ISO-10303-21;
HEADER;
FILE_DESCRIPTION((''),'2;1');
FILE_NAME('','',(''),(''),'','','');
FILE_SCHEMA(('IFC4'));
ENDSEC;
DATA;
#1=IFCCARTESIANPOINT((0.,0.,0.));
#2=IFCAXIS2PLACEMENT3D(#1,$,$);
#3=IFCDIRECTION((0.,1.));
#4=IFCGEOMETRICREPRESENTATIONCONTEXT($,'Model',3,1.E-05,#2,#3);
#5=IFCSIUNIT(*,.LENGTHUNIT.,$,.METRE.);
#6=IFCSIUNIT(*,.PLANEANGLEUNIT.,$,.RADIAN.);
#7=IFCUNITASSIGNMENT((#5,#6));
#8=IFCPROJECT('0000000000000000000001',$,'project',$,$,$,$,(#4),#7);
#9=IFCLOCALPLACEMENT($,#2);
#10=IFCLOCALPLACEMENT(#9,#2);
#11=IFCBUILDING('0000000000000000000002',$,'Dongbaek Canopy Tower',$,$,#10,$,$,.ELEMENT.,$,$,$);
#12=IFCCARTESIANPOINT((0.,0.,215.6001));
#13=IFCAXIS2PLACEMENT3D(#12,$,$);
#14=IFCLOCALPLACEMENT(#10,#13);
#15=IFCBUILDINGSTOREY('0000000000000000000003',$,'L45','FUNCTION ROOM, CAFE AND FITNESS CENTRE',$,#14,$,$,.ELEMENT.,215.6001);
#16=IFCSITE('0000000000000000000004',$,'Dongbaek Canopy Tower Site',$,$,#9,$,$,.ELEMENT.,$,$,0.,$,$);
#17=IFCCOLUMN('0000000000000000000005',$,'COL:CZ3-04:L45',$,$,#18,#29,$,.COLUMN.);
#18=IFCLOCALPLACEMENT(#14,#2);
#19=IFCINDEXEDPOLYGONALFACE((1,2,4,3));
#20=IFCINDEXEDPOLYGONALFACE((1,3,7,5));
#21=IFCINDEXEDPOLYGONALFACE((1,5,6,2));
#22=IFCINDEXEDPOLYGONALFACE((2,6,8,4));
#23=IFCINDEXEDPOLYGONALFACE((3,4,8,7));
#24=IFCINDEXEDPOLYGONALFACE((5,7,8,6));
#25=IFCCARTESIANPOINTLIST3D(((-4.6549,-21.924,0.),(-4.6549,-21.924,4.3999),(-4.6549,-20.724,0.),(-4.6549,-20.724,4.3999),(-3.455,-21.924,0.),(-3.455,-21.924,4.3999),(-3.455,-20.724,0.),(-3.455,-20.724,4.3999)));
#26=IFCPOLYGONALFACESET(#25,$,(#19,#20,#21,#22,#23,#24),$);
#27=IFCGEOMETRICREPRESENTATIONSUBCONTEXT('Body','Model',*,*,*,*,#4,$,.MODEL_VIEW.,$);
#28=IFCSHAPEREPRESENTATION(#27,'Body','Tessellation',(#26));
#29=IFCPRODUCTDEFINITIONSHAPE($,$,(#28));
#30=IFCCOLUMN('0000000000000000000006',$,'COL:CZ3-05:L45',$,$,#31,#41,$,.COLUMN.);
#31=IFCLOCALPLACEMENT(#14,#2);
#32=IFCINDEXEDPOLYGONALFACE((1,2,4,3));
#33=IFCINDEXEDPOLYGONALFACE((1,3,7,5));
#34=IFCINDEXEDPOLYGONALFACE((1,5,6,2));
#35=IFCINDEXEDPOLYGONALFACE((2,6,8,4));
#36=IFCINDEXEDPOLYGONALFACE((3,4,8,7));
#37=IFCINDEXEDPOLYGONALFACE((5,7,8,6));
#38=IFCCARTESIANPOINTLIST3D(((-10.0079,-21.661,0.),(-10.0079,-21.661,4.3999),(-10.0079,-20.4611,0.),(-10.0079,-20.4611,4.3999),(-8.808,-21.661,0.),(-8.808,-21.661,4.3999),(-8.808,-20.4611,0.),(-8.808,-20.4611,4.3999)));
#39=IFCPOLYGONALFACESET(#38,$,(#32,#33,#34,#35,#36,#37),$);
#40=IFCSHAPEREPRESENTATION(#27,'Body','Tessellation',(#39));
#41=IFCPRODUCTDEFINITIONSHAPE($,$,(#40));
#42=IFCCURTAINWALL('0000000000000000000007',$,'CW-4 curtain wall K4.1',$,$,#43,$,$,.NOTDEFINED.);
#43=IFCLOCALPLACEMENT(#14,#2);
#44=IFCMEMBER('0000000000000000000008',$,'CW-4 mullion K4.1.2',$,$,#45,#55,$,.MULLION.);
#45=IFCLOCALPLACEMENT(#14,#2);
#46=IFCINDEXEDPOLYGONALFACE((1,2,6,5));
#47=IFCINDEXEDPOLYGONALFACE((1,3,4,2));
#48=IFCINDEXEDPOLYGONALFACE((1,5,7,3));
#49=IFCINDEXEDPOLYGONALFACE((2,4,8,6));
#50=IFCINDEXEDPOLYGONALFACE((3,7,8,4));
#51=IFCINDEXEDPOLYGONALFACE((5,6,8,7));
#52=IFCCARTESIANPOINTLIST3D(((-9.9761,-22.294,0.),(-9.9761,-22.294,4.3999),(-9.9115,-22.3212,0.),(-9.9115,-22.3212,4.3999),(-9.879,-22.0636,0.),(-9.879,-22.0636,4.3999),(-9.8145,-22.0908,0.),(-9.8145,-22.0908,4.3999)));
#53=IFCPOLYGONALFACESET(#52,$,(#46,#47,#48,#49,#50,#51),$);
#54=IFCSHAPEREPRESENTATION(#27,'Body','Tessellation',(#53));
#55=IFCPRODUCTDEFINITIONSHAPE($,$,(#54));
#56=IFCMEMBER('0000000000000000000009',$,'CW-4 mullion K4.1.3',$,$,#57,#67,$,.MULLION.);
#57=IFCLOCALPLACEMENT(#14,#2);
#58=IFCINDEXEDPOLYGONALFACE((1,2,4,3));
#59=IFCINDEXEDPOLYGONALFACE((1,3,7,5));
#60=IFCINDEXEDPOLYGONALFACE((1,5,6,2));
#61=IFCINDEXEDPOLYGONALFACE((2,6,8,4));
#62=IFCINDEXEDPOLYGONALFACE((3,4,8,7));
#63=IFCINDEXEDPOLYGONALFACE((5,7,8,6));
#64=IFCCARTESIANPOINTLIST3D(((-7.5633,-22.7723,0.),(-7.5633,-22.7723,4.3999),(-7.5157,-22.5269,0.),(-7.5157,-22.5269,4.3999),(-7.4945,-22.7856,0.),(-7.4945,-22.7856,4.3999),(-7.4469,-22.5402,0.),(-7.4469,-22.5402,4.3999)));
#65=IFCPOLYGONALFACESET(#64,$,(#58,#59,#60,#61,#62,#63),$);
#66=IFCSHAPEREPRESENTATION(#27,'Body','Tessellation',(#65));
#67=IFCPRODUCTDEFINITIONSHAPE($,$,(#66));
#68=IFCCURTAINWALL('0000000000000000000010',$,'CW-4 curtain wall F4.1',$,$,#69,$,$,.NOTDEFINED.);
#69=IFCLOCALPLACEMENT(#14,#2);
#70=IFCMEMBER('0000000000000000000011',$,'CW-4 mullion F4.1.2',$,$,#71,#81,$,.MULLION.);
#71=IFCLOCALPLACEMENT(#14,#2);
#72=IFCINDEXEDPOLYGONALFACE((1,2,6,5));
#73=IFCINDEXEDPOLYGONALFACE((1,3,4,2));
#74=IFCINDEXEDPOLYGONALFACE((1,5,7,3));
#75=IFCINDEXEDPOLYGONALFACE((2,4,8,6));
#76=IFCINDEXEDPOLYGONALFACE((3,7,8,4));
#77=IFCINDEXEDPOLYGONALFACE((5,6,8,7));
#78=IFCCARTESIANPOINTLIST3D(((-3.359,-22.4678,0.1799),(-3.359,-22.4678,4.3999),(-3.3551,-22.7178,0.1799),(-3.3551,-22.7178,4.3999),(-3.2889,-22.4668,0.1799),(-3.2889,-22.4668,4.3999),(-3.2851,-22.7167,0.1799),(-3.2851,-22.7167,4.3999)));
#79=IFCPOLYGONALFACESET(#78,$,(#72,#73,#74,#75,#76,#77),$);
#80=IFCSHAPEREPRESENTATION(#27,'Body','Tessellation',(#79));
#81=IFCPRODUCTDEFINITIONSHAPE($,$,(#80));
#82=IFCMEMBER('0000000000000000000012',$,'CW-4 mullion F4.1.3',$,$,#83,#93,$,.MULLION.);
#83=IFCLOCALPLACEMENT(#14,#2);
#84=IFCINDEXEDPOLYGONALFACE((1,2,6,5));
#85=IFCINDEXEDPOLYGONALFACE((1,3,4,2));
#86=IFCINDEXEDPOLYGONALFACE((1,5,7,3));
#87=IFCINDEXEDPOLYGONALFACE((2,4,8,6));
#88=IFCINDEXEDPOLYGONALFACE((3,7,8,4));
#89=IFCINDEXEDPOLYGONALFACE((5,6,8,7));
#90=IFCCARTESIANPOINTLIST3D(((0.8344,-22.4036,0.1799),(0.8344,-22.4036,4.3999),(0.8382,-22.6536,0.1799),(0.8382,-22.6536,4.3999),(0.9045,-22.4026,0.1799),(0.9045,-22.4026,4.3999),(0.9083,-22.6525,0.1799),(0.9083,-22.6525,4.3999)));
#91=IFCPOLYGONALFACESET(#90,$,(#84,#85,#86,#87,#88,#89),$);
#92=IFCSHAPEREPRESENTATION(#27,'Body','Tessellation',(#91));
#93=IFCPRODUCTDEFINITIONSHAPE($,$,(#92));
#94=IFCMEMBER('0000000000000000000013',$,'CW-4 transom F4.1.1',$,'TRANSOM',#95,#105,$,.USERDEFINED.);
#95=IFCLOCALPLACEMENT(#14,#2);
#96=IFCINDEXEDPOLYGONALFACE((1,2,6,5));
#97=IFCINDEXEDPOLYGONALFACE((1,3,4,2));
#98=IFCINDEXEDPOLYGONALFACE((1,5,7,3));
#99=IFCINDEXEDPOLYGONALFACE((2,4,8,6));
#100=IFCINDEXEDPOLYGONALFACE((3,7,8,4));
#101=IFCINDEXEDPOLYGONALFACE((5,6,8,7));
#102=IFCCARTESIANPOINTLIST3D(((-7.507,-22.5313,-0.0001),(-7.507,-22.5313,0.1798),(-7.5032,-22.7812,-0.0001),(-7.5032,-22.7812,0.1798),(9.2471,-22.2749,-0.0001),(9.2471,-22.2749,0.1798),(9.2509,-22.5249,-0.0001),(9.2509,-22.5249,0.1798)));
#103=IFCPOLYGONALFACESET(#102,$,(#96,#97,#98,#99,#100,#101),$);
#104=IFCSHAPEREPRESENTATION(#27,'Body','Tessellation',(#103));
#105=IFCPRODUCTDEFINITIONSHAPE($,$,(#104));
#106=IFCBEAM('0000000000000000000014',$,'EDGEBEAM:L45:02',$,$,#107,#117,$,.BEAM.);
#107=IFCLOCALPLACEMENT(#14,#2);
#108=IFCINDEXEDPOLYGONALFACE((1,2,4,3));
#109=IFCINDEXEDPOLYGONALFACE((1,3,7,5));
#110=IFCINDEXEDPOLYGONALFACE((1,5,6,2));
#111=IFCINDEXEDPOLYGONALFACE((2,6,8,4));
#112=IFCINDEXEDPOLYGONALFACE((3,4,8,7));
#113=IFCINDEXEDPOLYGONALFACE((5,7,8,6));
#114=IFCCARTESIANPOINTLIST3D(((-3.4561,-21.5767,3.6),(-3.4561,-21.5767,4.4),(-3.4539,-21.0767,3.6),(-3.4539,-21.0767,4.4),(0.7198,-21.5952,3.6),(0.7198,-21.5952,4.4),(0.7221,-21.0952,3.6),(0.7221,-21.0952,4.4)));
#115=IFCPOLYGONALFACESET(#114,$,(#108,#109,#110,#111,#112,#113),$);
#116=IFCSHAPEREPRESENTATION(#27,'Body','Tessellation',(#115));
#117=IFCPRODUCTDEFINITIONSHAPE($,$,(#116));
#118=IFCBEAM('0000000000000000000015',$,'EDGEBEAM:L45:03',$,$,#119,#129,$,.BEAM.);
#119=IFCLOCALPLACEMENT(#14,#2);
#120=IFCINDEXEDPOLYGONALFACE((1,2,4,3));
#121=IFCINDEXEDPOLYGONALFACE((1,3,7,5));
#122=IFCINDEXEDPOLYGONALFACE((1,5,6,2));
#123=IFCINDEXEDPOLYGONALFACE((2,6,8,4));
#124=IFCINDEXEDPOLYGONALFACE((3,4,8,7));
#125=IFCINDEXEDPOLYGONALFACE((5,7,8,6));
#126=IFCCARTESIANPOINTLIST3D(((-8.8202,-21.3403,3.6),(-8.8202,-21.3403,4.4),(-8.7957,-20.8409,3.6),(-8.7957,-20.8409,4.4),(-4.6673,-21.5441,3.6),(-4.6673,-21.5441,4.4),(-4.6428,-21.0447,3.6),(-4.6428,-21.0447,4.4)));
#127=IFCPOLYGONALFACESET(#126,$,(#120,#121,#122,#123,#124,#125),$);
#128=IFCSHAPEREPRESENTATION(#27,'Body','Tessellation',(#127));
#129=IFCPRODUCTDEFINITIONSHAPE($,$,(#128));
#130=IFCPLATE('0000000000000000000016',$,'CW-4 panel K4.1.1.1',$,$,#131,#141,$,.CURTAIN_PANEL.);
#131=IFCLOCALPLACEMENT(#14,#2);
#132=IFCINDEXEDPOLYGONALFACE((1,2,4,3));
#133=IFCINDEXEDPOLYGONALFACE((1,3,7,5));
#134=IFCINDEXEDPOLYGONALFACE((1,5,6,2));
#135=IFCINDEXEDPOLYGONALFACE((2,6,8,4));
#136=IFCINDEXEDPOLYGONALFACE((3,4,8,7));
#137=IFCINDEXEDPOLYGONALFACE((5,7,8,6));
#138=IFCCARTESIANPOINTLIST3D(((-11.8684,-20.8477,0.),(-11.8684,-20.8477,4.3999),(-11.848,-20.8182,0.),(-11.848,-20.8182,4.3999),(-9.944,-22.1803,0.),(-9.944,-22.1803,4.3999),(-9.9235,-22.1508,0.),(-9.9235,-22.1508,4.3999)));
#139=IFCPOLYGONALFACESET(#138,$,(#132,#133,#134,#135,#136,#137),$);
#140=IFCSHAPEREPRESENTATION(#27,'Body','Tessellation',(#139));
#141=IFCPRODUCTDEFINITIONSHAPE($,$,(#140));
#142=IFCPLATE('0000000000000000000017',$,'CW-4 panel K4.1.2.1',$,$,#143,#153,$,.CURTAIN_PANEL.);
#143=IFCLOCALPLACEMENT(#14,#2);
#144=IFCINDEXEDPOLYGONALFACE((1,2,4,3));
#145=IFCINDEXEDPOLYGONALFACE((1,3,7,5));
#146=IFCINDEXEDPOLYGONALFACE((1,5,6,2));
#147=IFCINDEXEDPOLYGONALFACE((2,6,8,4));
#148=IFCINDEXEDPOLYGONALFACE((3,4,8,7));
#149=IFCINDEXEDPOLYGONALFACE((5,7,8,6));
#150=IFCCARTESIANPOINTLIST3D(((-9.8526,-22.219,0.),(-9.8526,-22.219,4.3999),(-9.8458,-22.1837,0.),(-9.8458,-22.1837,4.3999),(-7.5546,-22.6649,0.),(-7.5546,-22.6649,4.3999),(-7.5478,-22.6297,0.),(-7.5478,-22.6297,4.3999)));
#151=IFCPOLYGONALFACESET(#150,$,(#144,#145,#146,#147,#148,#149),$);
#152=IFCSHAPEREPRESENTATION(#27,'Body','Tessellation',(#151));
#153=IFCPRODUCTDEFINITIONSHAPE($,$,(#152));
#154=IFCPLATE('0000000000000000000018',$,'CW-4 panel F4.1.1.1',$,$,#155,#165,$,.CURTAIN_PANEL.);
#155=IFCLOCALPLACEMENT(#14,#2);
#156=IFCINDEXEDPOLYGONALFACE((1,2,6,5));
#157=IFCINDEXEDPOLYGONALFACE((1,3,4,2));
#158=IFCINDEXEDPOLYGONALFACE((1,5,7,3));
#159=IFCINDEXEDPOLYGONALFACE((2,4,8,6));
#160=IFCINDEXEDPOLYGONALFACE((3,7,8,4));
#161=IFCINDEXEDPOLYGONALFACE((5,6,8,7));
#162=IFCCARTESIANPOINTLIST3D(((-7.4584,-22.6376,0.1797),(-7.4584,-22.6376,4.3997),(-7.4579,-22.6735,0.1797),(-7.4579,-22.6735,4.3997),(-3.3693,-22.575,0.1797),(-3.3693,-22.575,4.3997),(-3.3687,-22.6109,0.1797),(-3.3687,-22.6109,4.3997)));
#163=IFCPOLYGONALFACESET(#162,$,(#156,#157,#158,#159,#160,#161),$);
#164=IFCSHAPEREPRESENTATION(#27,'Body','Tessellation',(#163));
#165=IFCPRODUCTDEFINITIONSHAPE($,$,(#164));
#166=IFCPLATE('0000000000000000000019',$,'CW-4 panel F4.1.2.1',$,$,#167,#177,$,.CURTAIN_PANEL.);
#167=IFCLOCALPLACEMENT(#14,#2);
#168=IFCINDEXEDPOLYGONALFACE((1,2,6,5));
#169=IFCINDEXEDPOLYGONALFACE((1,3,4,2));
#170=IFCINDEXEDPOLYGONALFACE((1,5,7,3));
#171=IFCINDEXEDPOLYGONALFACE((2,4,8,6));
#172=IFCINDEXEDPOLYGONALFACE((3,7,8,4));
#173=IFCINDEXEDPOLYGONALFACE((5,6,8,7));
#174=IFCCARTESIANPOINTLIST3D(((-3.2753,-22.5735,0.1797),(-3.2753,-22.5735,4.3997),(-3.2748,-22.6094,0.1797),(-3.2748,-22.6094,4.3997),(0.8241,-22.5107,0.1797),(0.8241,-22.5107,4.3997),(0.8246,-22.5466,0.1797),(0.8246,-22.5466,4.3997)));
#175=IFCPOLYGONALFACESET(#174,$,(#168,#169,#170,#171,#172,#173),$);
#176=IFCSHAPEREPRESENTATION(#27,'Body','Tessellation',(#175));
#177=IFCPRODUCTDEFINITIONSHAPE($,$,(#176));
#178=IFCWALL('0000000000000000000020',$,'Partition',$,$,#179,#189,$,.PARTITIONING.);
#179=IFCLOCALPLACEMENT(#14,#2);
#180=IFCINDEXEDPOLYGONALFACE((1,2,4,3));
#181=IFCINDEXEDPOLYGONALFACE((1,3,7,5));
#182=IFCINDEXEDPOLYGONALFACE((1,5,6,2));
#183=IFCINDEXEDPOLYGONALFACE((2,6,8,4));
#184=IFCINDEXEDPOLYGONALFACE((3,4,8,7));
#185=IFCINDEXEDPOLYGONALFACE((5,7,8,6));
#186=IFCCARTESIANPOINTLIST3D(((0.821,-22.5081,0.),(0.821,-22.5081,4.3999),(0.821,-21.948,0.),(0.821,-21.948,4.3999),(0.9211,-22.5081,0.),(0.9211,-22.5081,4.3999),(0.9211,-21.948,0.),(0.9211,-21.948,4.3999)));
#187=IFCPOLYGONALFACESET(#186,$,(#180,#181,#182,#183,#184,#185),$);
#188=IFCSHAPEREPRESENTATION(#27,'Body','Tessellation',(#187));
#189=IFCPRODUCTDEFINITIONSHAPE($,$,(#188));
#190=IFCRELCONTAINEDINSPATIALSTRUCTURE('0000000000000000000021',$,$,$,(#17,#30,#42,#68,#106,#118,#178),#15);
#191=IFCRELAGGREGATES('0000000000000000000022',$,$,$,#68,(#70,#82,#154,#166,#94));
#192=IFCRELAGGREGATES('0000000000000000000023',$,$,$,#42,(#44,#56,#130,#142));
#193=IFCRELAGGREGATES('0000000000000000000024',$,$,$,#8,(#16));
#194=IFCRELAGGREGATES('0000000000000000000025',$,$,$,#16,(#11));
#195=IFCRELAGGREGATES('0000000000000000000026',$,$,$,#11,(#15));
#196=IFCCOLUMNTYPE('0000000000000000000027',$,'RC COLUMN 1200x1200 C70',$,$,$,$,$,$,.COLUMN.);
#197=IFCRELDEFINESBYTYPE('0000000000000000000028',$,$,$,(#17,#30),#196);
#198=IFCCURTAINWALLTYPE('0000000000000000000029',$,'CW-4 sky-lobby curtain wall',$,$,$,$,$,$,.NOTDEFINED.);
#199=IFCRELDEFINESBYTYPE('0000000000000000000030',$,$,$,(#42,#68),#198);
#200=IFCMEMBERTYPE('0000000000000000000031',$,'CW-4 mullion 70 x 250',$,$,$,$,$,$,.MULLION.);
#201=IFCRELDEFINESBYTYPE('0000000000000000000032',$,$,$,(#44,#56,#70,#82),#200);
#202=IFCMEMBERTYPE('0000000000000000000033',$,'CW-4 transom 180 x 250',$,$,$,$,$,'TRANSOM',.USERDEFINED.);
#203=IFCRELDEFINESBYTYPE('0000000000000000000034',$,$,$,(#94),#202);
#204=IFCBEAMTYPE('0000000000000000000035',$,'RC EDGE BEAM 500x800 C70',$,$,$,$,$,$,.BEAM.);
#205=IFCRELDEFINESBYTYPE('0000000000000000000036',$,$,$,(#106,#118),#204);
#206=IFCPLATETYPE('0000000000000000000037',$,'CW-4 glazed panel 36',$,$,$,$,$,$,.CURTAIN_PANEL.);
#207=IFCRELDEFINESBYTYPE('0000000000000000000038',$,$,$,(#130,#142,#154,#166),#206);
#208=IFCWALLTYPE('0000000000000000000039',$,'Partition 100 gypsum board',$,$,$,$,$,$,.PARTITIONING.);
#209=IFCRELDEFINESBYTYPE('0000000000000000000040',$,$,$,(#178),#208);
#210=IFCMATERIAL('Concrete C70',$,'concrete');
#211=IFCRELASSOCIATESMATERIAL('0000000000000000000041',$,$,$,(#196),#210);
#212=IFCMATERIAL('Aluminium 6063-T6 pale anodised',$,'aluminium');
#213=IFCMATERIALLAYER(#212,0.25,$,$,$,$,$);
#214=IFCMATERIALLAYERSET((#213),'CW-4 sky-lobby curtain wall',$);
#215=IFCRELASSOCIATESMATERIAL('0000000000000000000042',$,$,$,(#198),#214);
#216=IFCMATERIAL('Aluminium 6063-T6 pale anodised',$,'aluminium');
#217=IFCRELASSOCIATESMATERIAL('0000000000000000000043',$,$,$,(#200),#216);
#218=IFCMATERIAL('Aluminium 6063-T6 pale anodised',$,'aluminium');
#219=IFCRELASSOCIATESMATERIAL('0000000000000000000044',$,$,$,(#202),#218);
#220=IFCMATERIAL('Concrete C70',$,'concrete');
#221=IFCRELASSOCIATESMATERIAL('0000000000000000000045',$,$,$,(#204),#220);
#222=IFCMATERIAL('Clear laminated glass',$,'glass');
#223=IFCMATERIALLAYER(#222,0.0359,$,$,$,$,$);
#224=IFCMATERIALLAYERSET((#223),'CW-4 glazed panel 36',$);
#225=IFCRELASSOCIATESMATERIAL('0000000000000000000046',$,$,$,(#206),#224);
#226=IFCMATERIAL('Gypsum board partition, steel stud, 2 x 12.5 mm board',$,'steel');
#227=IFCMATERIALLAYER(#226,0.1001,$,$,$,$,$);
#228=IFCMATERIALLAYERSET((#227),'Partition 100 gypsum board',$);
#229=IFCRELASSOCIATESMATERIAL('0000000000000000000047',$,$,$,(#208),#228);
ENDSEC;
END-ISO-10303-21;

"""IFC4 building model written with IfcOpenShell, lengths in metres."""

from ifc_helpers import new_model, si_unit, direction, frame, frame_2d, origin, origin_2d, place, context, subcontext, project, spatial, rectangle, extrude, material, layer, layer_set, material_profile, profile_set, type_object, element, aggregate, save


model = new_model("IFC4")

# Units and contexts
model_context = context("Model", 3, precision=1e-05, world=origin(), true_north=direction((0.0, 1.0)))
body_context = subcontext(model_context, "Body", "Model", "MODEL_VIEW")
ifc_project = project(units=[si_unit("LENGTHUNIT", "METRE"), si_unit("PLANEANGLEUNIT", "RADIAN")], contexts=[model_context])

# Site, building, storey
site_placement = place(None, origin())
site = spatial("IfcSite", under=ifc_project, at=site_placement, Name="Dongbaek Canopy Tower Site", CompositionType="ELEMENT", RefElevation=0.0)
building_placement = place(site_placement, origin())
building = spatial("IfcBuilding", under=site, at=building_placement, Name="Dongbaek Canopy Tower", CompositionType="ELEMENT")
storey_placement = place(building_placement, frame((0.0, 0.0, 215.6001)))
storey = spatial("IfcBuildingStorey", under=building, at=storey_placement, Name="L45", Description="FUNCTION ROOM, CAFE AND FITNESS CENTRE", CompositionType="ELEMENT", Elevation=215.6001)

# Columns
ifc_material_1 = material(Name="Concrete C70", Category="concrete")
ifc_material_profile_1 = material_profile(ifc_material_1, rectangle(XDim=1.2, YDim=1.2, at=origin_2d()), Name="RC COLUMN 1200x1200 C70")
ifc_profile_set_1 = profile_set([ifc_material_profile_1], Name="Concrete C70")
column_type = type_object("IfcColumnType", Name="RC COLUMN 1200x1200 C70", PredefinedType="COLUMN", material=ifc_profile_set_1)
for number, where, z_axis, x_axis, name in (
    (1, (-4.0549, -21.324, 0.0), (0.0, 0.0, 1.0), (1.0, 0.0, 0.0), "COL:CZ3-04:L45"),
    (2, (-9.408, -21.061, 0.0), (0.0, 0.0, 1.0), (1.0, 0.0, 0.0), "COL:CZ3-05:L45"),
):
    element("IfcColumn", number, at=place(storey_placement, frame(where, z_axis=z_axis, x_axis=x_axis)), inside=storey, type_object=column_type, Name=name, PredefinedType="COLUMN", context=body_context, shape_type="SweptSolid", body=[
        extrude(rectangle(XDim=1.2, YDim=1.2, at=origin_2d()), origin(), (0.0, 0.0, 1.0), 4.3999),
    ])

# Curtain walls, members
ifc_material_2 = material(Name="Aluminium 6063-T6 pale anodised", Category="aluminium")
ifc_layer_1 = layer(ifc_material_2, 0.25)
ifc_layer_set_1 = layer_set([ifc_layer_1], Name="CW-4 sky-lobby curtain wall")
curtain_wall_type = type_object("IfcCurtainWallType", Name="CW-4 sky-lobby curtain wall", PredefinedType="NOTDEFINED", material=ifc_layer_set_1)
curtain_wall_1_placement = place(storey_placement, origin())
curtain_wall_1 = element("IfcCurtainWall", 3, at=curtain_wall_1_placement, inside=storey, type_object=curtain_wall_type, Name="CW-4 curtain wall K4.1", PredefinedType="NOTDEFINED")
ifc_material_3 = material(Name="Aluminium 6063-T6 pale anodised", Category="aluminium")
ifc_material_profile_2 = material_profile(ifc_material_3, rectangle(XDim=0.25, YDim=0.0701, at=origin_2d()), Name="CW-4 mullion 70 x 250")
ifc_profile_set_2 = profile_set([ifc_material_profile_2], Name="Aluminium 6063-T6 pale anodised")
member_type_1 = type_object("IfcMemberType", Name="CW-4 mullion 70 x 250", PredefinedType="MULLION", material=ifc_profile_set_2)
member_1_placement = place(storey_placement, frame((-9.8953, -22.1924, 0.0), z_axis=(0.0, 0.0, 1.0), x_axis=(-0.388184, -0.921582, 0.0)))
member_1 = element("IfcMember", 4, at=member_1_placement, type_object=member_type_1, Name="CW-4 mullion K4.1.2", PredefinedType="MULLION", context=body_context, shape_type="SweptSolid", body=[
    extrude(rectangle(XDim=0.25, YDim=0.0701, at=origin_2d()), origin(), (0.0, 0.0, 1.0), 4.3999),
])
member_2_placement = place(storey_placement, frame((-7.5051, -22.6562, 0.0), z_axis=(0.0, 0.0, 1.0), x_axis=(-0.190507, -0.981686, 0.0)))
member_2 = element("IfcMember", 5, at=member_2_placement, type_object=member_type_1, Name="CW-4 mullion K4.1.3", PredefinedType="MULLION", context=body_context, shape_type="SweptSolid", body=[
    extrude(rectangle(XDim=0.25, YDim=0.0701, at=origin_2d()), origin(), (0.0, 0.0, 1.0), 4.3999),
])
curtain_wall_2_placement = place(storey_placement, origin())
curtain_wall_2 = element("IfcCurtainWall", 6, at=curtain_wall_2_placement, inside=storey, type_object=curtain_wall_type, Name="CW-4 curtain wall F4.1", PredefinedType="NOTDEFINED")
member_3_placement = place(storey_placement, frame((-3.322, -22.5923, 0.1799), z_axis=(0.0, 0.0, 1.0), x_axis=(0.015303, -0.999883, 0.0)))
member_3 = element("IfcMember", 7, at=member_3_placement, type_object=member_type_1, Name="CW-4 mullion F4.1.2", PredefinedType="MULLION", context=body_context, shape_type="SweptSolid", body=[
    extrude(rectangle(XDim=0.25, YDim=0.0701, at=origin_2d()), origin(), (0.0, 0.0, 1.0), 4.22),
])
member_4_placement = place(storey_placement, frame((0.8713, -22.5281, 0.1799), z_axis=(0.0, 0.0, 1.0), x_axis=(0.015303, -0.999883, 0.0)))
member_4 = element("IfcMember", 8, at=member_4_placement, type_object=member_type_1, Name="CW-4 mullion F4.1.3", PredefinedType="MULLION", context=body_context, shape_type="SweptSolid", body=[
    extrude(rectangle(XDim=0.25, YDim=0.0701, at=origin_2d()), origin(), (0.0, 0.0, 1.0), 4.22),
])
ifc_material_4 = material(Name="Aluminium 6063-T6 pale anodised", Category="aluminium")
ifc_material_profile_3 = material_profile(ifc_material_4, rectangle(XDim=0.25, YDim=0.1799, at=origin_2d()), Name="CW-4 transom 180 x 250")
ifc_profile_set_3 = profile_set([ifc_material_profile_3], Name="Aluminium 6063-T6 pale anodised")
member_type_2 = type_object("IfcMemberType", Name="CW-4 transom 180 x 250", ElementType="TRANSOM", PredefinedType="USERDEFINED", material=ifc_profile_set_3)
member_5_placement = place(storey_placement, frame((-7.5051, -22.6562, 0.0898), z_axis=(0.999883, 0.015299, 0.0), x_axis=(-0.015299, 0.999883, 0.0)))
member_5 = element("IfcMember", 9, at=member_5_placement, type_object=member_type_2, Name="CW-4 transom F4.1.1", ObjectType="TRANSOM", PredefinedType="USERDEFINED", context=body_context, shape_type="SweptSolid", body=[
    extrude(rectangle(XDim=0.25, YDim=0.1799, at=origin_2d()), origin(), (0.0, 0.0, 1.0), 16.7561),
])

# Beams
ifc_material_5 = material(Name="Concrete C70", Category="concrete")
ifc_material_profile_4 = material_profile(ifc_material_5, rectangle(XDim=0.5, YDim=0.8, at=origin_2d()), Name="RC EDGE BEAM 500x800 C70")
ifc_profile_set_4 = profile_set([ifc_material_profile_4], Name="Concrete C70")
beam_type = type_object("IfcBeamType", Name="RC EDGE BEAM 500x800 C70", PredefinedType="BEAM", material=ifc_profile_set_4)
beam_1_placement = place(storey_placement, frame((0.7209, -21.3452, 4.0), z_axis=(-0.99999, 0.004443, 0.0), x_axis=(-0.004443, -0.99999, 0.0)))
element("IfcBeam", 10, at=beam_1_placement, inside=storey, type_object=beam_type, Name="EDGEBEAM:L45:02", PredefinedType="BEAM", context=body_context, shape_type="SweptSolid", body=[
    extrude(rectangle(XDim=0.5, YDim=0.8, at=origin_2d()), origin(), (0.0, 0.0, 1.0), 4.176),
])
beam_2_placement = place(storey_placement, frame((-4.655, -21.2944, 4.0), z_axis=(-0.998797, 0.049027, 0.0), x_axis=(-0.049027, -0.998797, 0.0)))
element("IfcBeam", 11, at=beam_2_placement, inside=storey, type_object=beam_type, Name="EDGEBEAM:L45:03", PredefinedType="BEAM", context=body_context, shape_type="SweptSolid", body=[
    extrude(rectangle(XDim=0.5, YDim=0.8, at=origin_2d()), origin(), (0.0, 0.0, 1.0), 4.158),
])

# Plates
ifc_material_6 = material(Name="Clear laminated glass", Category="glass")
ifc_layer_2 = layer(ifc_material_6, 0.0359)
ifc_layer_set_2 = layer_set([ifc_layer_2], Name="CW-4 glazed panel 36")
plate_type = type_object("IfcPlateType", Name="CW-4 glazed panel 36", PredefinedType="CURTAIN_PANEL", material=ifc_layer_set_2)
plate_1_placement = place(storey_placement, frame((-10.896, -21.4993, 0.0), z_axis=(0.0, 0.0, 1.0), x_axis=(0.822136, -0.569291, 0.0)))
plate_1 = element("IfcPlate", 12, at=plate_1_placement, type_object=plate_type, Name="CW-4 panel K4.1.1.1", PredefinedType="CURTAIN_PANEL", context=body_context, shape_type="SweptSolid", body=[
    extrude(rectangle(XDim=2.3408, YDim=0.0359, at=origin_2d()), origin(), (0.0, 0.0, 1.0), 4.3999),
])
plate_2_placement = place(storey_placement, frame((-8.7002, -22.4243, 0.0), z_axis=(0.0, 0.0, 1.0), x_axis=(0.981686, -0.190507, 0.0)))
plate_2 = element("IfcPlate", 13, at=plate_2_placement, type_object=plate_type, Name="CW-4 panel K4.1.2.1", PredefinedType="CURTAIN_PANEL", context=body_context, shape_type="SweptSolid", body=[
    extrude(rectangle(XDim=2.3408, YDim=0.0359, at=origin_2d()), origin(), (0.0, 0.0, 1.0), 4.3999),
])
plate_3_placement = place(storey_placement, frame((-5.4136, -22.6243, 0.1797), z_axis=(0.0, 0.0, 1.0), x_axis=(0.999883, 0.015303, 0.0)))
plate_3 = element("IfcPlate", 14, at=plate_3_placement, type_object=plate_type, Name="CW-4 panel F4.1.1.1", PredefinedType="CURTAIN_PANEL", context=body_context, shape_type="SweptSolid", body=[
    extrude(rectangle(XDim=4.0896, YDim=0.0359, at=origin_2d()), origin(), (0.0, 0.0, 1.0), 4.22),
])
plate_4_placement = place(storey_placement, frame((-1.2253, -22.5601, 0.1797), z_axis=(0.0, 0.0, 1.0), x_axis=(0.999883, 0.015303, 0.0)))
plate_4 = element("IfcPlate", 15, at=plate_4_placement, type_object=plate_type, Name="CW-4 panel F4.1.2.1", PredefinedType="CURTAIN_PANEL", context=body_context, shape_type="SweptSolid", body=[
    extrude(rectangle(XDim=4.0999, YDim=0.0359, at=origin_2d()), origin(), (0.0, 0.0, 1.0), 4.22),
])
aggregate(curtain_wall_2, [member_3, member_4, plate_3, plate_4, member_5])

# Wall
ifc_material_7 = material(Name="Gypsum board partition, steel stud, 2 x 12.5 mm board", Category="steel")
ifc_layer_3 = layer(ifc_material_7, 0.1001)
ifc_layer_set_3 = layer_set([ifc_layer_3], Name="Partition 100 gypsum board")
wall_type = type_object("IfcWallType", Name="Partition 100 gypsum board", PredefinedType="PARTITIONING", material=ifc_layer_set_3)
wall_placement = place(storey_placement, frame((0.8711, -22.5081, 0.0), z_axis=(0.0, 0.0, 1.0), x_axis=(0.0, 1.0, 0.0)))
element("IfcWall", 16, at=wall_placement, inside=storey, type_object=wall_type, Name="Partition", PredefinedType="PARTITIONING", context=body_context, shape_type="SweptSolid", body=[
    extrude(rectangle(XDim=0.5601, YDim=0.1001, at=frame_2d((0.28, 0.0))), origin(), (0.0, 0.0, 1.0), 4.3999),
])

aggregate(curtain_wall_1, [member_1, member_2, plate_1, plate_2])

save(model, "model.ifc")
